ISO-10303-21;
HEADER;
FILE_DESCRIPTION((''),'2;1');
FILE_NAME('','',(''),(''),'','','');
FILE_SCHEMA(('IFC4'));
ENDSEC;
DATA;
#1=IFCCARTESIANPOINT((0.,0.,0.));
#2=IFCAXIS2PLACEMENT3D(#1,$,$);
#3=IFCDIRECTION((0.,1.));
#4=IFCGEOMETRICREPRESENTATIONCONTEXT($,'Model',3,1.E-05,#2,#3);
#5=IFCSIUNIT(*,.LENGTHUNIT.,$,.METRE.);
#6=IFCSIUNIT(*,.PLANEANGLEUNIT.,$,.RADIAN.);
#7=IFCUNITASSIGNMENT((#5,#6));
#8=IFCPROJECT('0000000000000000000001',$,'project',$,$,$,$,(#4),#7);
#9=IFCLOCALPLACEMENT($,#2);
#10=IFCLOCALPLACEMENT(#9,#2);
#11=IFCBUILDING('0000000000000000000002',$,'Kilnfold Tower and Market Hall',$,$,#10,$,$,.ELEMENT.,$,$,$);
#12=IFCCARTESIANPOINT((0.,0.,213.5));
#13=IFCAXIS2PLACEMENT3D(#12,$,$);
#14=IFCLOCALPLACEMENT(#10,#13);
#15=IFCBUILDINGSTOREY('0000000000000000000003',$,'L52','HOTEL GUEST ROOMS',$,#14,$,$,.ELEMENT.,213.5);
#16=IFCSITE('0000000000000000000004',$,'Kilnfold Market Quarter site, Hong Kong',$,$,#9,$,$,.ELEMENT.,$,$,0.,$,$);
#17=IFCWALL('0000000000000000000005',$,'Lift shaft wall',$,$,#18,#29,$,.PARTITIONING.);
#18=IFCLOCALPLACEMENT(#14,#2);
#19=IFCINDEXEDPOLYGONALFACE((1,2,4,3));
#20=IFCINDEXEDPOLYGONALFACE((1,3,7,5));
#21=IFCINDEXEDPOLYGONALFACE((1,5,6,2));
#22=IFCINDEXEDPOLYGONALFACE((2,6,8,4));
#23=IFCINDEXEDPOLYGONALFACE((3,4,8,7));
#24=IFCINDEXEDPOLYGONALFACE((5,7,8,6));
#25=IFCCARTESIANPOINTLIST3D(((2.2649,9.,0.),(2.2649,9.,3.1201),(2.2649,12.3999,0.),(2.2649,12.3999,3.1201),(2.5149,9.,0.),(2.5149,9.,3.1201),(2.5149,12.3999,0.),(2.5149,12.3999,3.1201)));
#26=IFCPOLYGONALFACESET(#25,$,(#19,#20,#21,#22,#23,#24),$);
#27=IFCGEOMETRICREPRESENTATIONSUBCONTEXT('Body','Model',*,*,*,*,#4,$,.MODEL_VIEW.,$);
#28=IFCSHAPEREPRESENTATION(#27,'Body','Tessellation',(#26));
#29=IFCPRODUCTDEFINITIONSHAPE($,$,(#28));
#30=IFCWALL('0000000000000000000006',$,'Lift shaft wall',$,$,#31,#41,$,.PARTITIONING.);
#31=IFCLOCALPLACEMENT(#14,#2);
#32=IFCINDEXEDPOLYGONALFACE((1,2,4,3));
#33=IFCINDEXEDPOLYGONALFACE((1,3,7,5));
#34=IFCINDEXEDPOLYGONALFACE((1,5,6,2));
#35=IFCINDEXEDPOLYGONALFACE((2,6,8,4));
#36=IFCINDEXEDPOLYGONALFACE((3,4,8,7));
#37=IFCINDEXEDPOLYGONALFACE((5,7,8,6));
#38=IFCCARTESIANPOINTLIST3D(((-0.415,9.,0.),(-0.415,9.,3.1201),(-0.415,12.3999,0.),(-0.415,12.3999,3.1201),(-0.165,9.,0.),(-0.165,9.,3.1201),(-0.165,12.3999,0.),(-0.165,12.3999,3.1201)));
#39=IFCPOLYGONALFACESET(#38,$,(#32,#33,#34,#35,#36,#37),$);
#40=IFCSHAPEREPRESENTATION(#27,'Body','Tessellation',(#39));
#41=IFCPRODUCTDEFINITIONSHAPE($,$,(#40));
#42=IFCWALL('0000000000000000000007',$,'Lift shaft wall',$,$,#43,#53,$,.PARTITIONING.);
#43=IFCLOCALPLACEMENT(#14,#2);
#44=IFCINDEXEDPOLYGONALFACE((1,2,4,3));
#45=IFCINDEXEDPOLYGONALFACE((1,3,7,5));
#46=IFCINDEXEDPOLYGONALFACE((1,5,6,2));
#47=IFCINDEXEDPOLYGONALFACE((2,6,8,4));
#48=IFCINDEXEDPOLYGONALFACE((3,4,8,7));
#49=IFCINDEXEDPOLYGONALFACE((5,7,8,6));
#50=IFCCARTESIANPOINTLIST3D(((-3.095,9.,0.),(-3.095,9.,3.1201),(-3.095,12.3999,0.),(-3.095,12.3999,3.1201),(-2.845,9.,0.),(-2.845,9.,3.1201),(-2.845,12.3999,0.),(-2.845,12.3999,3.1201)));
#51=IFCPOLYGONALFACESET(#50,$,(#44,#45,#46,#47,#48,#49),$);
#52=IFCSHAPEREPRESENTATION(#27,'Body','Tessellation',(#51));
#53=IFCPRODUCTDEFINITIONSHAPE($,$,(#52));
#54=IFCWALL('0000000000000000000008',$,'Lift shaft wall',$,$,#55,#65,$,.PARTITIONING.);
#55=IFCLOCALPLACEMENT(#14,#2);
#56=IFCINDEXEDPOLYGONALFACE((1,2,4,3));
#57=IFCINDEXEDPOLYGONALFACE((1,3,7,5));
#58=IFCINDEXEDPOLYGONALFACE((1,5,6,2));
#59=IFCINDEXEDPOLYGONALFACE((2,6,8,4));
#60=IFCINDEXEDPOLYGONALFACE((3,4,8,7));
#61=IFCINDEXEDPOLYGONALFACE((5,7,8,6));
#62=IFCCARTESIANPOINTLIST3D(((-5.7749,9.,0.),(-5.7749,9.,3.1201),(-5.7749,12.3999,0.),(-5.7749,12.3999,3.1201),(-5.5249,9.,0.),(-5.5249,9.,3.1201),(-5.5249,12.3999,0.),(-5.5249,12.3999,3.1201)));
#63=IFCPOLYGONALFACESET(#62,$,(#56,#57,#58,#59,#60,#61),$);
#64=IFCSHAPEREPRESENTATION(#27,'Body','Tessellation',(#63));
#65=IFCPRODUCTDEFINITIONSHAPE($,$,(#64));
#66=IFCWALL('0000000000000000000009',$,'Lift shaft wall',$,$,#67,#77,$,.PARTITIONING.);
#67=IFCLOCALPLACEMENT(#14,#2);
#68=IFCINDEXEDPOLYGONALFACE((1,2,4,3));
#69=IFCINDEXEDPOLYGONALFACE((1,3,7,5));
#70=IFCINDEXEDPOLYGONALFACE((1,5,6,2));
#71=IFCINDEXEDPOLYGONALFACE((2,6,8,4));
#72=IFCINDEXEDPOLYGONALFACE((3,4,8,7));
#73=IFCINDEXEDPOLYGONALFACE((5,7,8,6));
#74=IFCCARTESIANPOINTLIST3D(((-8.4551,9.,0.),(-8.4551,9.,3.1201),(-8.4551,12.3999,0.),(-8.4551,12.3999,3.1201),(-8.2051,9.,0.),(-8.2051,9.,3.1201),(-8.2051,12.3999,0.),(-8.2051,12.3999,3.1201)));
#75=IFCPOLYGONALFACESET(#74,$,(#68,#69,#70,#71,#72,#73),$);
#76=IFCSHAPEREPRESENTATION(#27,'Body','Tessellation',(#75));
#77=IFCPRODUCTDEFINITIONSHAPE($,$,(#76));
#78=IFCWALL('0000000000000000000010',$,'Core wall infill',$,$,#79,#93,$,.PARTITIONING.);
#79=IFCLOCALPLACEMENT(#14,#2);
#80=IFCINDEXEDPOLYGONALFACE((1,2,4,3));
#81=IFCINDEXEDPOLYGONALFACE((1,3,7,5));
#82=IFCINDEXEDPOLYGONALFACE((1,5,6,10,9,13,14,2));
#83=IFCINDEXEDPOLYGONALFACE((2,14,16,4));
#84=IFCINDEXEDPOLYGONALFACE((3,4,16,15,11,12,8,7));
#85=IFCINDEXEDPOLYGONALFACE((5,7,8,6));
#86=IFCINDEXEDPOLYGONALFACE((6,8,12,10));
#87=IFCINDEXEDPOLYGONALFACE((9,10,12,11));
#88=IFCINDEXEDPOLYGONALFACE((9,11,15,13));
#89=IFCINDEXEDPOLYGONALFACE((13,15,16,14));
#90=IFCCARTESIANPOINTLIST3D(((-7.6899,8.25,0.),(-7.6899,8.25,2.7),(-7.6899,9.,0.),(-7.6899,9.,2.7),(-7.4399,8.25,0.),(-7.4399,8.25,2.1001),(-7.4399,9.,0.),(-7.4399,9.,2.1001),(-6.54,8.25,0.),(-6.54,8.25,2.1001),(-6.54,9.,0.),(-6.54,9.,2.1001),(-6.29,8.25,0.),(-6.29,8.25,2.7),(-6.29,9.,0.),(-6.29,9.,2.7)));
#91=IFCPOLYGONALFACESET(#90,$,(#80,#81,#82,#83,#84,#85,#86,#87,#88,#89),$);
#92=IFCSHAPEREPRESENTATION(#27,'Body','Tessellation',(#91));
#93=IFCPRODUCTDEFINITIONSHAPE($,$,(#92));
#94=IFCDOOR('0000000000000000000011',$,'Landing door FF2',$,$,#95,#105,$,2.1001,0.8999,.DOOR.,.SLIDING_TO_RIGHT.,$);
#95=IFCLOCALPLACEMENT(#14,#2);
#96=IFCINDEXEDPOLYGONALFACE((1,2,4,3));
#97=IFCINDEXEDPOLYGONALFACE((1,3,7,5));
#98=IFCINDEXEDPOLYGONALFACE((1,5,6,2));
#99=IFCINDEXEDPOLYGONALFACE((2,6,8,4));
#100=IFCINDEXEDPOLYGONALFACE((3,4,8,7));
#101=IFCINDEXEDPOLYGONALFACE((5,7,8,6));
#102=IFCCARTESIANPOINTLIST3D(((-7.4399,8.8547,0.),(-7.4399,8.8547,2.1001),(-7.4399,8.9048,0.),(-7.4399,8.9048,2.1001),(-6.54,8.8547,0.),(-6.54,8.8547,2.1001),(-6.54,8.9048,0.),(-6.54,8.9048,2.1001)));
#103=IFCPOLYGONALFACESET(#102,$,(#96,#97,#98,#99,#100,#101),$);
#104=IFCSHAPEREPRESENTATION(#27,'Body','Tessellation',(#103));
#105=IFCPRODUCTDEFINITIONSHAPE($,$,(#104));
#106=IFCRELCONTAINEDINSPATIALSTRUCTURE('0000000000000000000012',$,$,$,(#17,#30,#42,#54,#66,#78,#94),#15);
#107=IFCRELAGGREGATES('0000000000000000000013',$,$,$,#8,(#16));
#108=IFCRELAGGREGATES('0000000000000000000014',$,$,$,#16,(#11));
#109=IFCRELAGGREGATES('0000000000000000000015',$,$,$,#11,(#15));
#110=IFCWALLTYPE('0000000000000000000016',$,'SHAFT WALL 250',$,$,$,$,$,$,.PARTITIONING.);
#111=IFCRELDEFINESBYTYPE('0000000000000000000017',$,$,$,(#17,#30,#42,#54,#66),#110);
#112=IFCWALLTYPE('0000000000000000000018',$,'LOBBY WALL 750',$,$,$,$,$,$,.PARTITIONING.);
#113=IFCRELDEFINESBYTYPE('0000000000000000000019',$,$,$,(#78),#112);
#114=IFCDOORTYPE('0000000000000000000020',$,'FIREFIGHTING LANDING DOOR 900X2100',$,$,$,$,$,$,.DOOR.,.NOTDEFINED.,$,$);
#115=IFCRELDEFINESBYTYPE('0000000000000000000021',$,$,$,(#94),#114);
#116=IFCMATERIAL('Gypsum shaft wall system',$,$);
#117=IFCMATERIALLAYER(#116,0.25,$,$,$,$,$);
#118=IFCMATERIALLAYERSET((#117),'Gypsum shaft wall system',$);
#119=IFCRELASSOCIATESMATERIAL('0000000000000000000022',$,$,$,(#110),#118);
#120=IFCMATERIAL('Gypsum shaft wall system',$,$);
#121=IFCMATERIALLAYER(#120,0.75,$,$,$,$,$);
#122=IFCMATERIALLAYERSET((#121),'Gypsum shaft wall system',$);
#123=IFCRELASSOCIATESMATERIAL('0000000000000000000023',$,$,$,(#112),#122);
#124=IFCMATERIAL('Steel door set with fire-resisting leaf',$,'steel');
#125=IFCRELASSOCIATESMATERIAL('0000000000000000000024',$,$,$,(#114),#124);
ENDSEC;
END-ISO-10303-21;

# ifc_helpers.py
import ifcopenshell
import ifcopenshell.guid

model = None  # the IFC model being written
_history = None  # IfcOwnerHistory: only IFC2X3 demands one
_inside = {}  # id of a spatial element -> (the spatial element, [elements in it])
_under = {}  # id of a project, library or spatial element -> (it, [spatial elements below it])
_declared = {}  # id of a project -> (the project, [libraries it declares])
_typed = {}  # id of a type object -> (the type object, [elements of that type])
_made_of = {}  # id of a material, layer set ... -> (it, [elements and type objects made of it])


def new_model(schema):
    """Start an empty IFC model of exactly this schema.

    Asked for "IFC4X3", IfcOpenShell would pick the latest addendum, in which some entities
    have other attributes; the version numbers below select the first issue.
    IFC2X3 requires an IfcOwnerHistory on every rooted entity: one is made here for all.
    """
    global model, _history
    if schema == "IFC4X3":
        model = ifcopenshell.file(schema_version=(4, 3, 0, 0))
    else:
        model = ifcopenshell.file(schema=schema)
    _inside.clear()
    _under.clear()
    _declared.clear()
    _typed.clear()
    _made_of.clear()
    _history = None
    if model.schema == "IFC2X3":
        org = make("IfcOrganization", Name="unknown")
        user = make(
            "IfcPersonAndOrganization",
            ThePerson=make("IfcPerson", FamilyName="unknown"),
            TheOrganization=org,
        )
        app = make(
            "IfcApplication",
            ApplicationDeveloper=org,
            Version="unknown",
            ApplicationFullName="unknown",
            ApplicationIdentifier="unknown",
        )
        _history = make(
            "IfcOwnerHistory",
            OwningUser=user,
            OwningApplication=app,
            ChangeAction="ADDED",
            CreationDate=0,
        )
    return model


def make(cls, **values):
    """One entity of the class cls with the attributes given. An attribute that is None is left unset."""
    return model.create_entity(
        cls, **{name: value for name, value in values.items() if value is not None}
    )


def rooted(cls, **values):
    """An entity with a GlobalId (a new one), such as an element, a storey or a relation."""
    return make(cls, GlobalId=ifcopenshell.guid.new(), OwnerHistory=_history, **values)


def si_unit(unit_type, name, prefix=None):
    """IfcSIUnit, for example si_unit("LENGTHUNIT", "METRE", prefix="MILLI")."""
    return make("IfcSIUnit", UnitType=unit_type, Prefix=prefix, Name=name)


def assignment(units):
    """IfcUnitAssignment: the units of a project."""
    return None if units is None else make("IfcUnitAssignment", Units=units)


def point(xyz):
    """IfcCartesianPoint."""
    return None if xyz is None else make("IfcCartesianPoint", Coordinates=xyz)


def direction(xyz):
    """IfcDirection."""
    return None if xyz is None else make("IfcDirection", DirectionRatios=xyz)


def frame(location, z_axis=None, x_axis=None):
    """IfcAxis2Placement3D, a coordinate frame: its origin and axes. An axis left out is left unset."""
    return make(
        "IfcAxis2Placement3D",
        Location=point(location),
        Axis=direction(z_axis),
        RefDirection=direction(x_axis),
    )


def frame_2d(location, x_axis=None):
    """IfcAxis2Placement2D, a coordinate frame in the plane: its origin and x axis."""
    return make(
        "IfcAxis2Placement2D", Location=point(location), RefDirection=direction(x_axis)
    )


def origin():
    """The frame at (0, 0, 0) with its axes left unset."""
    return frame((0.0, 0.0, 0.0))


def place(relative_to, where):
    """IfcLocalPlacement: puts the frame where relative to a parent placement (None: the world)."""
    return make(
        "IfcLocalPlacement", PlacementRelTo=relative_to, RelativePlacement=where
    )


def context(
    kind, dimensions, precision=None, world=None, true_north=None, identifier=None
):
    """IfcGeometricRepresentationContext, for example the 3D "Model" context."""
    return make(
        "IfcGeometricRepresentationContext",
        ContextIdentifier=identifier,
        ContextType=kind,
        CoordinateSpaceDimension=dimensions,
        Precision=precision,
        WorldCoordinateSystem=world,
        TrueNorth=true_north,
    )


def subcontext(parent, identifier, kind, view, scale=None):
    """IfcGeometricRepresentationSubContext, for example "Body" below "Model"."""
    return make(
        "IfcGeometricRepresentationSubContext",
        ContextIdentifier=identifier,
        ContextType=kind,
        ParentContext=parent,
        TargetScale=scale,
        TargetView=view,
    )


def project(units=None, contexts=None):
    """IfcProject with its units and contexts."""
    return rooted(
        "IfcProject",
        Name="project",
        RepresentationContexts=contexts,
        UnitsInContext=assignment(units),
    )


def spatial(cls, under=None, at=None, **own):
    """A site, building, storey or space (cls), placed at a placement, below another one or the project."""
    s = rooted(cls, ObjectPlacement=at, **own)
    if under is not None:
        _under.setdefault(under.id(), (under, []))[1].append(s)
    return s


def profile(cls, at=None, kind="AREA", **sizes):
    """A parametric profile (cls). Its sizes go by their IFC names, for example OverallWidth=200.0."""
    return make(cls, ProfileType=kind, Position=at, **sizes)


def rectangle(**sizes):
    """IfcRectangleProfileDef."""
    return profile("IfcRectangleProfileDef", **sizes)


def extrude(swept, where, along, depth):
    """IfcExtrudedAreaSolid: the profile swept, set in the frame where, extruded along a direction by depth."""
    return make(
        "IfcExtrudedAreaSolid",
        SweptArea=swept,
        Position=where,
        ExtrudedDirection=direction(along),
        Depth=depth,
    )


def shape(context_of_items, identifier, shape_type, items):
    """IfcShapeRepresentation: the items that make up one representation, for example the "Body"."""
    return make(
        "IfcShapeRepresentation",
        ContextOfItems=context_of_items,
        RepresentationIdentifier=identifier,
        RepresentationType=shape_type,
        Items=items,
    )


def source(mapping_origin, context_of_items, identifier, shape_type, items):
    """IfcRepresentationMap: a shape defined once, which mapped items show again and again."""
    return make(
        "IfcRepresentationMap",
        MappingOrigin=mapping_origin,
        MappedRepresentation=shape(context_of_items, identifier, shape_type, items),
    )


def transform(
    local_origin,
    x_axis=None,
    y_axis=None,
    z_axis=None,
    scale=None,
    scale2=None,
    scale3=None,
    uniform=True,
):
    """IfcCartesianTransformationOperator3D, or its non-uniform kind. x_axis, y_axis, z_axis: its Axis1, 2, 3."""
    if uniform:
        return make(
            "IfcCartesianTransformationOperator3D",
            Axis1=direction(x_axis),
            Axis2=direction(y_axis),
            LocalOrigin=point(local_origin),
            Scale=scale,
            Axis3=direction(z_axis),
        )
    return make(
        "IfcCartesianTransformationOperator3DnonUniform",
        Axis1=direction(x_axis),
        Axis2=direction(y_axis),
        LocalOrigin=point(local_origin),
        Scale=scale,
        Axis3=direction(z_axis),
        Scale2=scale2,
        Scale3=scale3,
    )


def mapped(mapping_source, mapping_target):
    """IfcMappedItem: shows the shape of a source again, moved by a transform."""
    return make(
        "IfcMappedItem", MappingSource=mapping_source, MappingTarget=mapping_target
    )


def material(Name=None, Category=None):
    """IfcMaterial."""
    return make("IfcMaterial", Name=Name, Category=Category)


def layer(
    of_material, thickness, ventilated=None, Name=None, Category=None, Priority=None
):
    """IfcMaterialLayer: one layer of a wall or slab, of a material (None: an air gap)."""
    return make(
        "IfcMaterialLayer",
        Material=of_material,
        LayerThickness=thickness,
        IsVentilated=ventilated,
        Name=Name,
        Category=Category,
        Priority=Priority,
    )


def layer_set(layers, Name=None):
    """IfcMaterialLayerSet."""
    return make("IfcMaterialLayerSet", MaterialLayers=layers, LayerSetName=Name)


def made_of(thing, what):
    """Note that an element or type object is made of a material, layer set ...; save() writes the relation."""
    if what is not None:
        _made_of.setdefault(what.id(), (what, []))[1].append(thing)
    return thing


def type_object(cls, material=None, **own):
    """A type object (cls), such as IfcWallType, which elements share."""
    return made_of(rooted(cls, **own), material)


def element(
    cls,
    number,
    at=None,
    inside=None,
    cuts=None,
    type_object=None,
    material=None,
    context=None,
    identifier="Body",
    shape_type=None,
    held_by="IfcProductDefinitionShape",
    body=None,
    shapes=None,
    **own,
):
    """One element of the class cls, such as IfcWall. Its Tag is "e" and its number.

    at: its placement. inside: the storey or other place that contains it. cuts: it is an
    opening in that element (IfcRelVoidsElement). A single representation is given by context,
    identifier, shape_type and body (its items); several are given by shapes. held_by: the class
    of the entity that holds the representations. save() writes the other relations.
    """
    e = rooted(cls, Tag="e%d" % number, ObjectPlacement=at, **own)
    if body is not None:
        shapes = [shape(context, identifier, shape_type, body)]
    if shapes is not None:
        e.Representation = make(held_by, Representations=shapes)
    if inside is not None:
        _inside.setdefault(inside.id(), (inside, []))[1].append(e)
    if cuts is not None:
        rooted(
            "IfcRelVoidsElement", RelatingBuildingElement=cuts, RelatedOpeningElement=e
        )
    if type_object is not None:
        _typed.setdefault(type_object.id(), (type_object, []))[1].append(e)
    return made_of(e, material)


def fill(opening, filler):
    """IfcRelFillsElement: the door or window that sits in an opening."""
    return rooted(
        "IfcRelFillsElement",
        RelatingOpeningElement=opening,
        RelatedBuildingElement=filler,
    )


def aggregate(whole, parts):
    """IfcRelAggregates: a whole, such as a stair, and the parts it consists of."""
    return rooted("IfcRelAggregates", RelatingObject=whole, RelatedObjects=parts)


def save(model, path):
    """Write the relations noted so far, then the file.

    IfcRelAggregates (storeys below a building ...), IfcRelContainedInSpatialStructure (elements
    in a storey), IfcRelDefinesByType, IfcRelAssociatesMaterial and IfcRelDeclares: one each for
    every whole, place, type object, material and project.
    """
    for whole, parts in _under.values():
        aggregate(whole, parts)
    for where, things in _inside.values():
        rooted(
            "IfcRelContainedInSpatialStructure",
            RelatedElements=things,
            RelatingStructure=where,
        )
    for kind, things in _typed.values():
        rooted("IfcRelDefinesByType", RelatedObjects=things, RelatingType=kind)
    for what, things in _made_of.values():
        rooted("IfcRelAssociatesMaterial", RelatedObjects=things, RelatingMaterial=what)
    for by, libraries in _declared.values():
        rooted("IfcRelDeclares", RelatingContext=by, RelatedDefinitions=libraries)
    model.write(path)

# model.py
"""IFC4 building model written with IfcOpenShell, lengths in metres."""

from ifc_helpers import new_model, si_unit, direction, frame, frame_2d, origin, place, context, subcontext, project, spatial, rectangle, extrude, source, transform, mapped, material, layer, layer_set, type_object, element, fill, save


model = new_model("IFC4")

# Units and contexts
model_context = context("Model", 3, precision=1e-05, world=origin(), true_north=direction((0.0, 1.0)))
body_context = subcontext(model_context, "Body", "Model", "MODEL_VIEW")
ifc_project = project(units=[si_unit("LENGTHUNIT", "METRE"), si_unit("PLANEANGLEUNIT", "RADIAN")], contexts=[model_context])

# Site, building, storey
site_placement = place(None, origin())
site = spatial("IfcSite", under=ifc_project, at=site_placement, Name="Kilnfold Market Quarter site, Hong Kong", CompositionType="ELEMENT", RefElevation=0.0)
building_placement = place(site_placement, origin())
building = spatial("IfcBuilding", under=site, at=building_placement, Name="Kilnfold Tower and Market Hall", CompositionType="ELEMENT")
storey_placement = place(building_placement, frame((0.0, 0.0, 213.5)))
storey = spatial("IfcBuildingStorey", under=building, at=storey_placement, Name="L52", Description="HOTEL GUEST ROOMS", CompositionType="ELEMENT", Elevation=213.5)

# Walls
ifc_material_1 = material(Name="Gypsum shaft wall system")
ifc_layer_1 = layer(ifc_material_1, 0.25)
ifc_layer_set_1 = layer_set([ifc_layer_1], Name="Gypsum shaft wall system")
wall_type_1 = type_object("IfcWallType", Name="SHAFT WALL 250", PredefinedType="PARTITIONING", material=ifc_layer_set_1)
shared_shape_1 = source(origin(), body_context, "Body", "SweptSolid", [
    extrude(rectangle(XDim=3.3999, YDim=0.25, at=frame_2d((1.7, 0.0))), origin(), (0.0, 0.0, 1.0), 3.1201),
])
for number, where, z_axis, x_axis, name in (
    (1, (2.3899, 9.0, 0.0), (0.0, 0.0, 1.0), (0.0, 1.0, 0.0), "Lift shaft wall"),
    (2, (-0.29, 9.0, 0.0), (0.0, 0.0, 1.0), (0.0, 1.0, 0.0), "Lift shaft wall"),
    (3, (-2.97, 9.0, 0.0), (0.0, 0.0, 1.0), (0.0, 1.0, 0.0), "Lift shaft wall"),
    (4, (-5.6499, 9.0, 0.0), (0.0, 0.0, 1.0), (0.0, 1.0, 0.0), "Lift shaft wall"),
    (5, (-8.3301, 9.0, 0.0), (0.0, 0.0, 1.0), (0.0, 1.0, 0.0), "Lift shaft wall"),
):
    element("IfcWall", number, at=place(storey_placement, frame(where, z_axis=z_axis, x_axis=x_axis)), inside=storey, type_object=wall_type_1, Name=name, PredefinedType="PARTITIONING", context=body_context, shape_type="MappedRepresentation", body=[
        mapped(shared_shape_1, transform((0.0, 0.0, 0.0))),
    ])

# Wall, opening, door
ifc_material_2 = material(Name="Gypsum shaft wall system")
ifc_layer_2 = layer(ifc_material_2, 0.75)
ifc_layer_set_2 = layer_set([ifc_layer_2], Name="Gypsum shaft wall system")
wall_type_2 = type_object("IfcWallType", Name="LOBBY WALL 750", PredefinedType="PARTITIONING", material=ifc_layer_set_2)
shared_shape_2 = source(origin(), body_context, "Body", "SweptSolid", [
    extrude(rectangle(XDim=1.3999, YDim=0.75, at=frame_2d((0.7, 0.0))), origin(), (0.0, 0.0, 1.0), 2.7),
])
wall_1_placement = place(storey_placement, frame((-7.6899, 8.625, 0.0), z_axis=(0.0, 0.0, 1.0), x_axis=(1.0, 0.0, 0.0)))
wall_1 = element("IfcWall", 6, at=wall_1_placement, inside=storey, type_object=wall_type_2, Name="Core wall infill", PredefinedType="PARTITIONING", context=body_context, shape_type="MappedRepresentation", body=[
    mapped(shared_shape_2, transform((0.0, 0.0, 0.0))),
])
opening_placement = place(wall_1_placement, frame((0.25, 0.0, 0.0)))
opening = element("IfcOpeningElement", 7, at=opening_placement, cuts=wall_1, PredefinedType="OPENING", context=body_context, shape_type="SweptSolid", body=[
    extrude(rectangle(XDim=0.8999, YDim=2.1001, at=frame_2d((0.45, 1.05))), frame((0.0, 0.385, 0.0), z_axis=(0.0, -1.0, 0.0), x_axis=(1.0, 0.0, 0.0)), (0.0, 0.0, 1.0), 0.77),
])
ifc_material_3 = material(Name="Steel door set with fire-resisting leaf", Category="steel")
door_type = type_object("IfcDoorType", Name="FIREFIGHTING LANDING DOOR 900X2100", OperationType="NOTDEFINED", PredefinedType="DOOR", material=ifc_material_3)
door_placement = place(opening_placement, origin())
door = element("IfcDoor", 8, at=door_placement, inside=storey, type_object=door_type, Name="Landing door FF2", OperationType="SLIDING_TO_RIGHT", OverallHeight=2.1001, OverallWidth=0.8999, PredefinedType="DOOR", context=body_context, shape_type="SweptSolid", body=[
    extrude(rectangle(XDim=0.8999, YDim=2.1001, at=frame_2d((0.45, 1.05))), frame((0.0, 0.2798, 0.0), z_axis=(0.0, -1.0, 0.0), x_axis=(1.0, 0.0, 0.0)), (0.0, 0.0, 1.0), 0.05),
])
fill(opening, door)

save(model, "model.ifc")
